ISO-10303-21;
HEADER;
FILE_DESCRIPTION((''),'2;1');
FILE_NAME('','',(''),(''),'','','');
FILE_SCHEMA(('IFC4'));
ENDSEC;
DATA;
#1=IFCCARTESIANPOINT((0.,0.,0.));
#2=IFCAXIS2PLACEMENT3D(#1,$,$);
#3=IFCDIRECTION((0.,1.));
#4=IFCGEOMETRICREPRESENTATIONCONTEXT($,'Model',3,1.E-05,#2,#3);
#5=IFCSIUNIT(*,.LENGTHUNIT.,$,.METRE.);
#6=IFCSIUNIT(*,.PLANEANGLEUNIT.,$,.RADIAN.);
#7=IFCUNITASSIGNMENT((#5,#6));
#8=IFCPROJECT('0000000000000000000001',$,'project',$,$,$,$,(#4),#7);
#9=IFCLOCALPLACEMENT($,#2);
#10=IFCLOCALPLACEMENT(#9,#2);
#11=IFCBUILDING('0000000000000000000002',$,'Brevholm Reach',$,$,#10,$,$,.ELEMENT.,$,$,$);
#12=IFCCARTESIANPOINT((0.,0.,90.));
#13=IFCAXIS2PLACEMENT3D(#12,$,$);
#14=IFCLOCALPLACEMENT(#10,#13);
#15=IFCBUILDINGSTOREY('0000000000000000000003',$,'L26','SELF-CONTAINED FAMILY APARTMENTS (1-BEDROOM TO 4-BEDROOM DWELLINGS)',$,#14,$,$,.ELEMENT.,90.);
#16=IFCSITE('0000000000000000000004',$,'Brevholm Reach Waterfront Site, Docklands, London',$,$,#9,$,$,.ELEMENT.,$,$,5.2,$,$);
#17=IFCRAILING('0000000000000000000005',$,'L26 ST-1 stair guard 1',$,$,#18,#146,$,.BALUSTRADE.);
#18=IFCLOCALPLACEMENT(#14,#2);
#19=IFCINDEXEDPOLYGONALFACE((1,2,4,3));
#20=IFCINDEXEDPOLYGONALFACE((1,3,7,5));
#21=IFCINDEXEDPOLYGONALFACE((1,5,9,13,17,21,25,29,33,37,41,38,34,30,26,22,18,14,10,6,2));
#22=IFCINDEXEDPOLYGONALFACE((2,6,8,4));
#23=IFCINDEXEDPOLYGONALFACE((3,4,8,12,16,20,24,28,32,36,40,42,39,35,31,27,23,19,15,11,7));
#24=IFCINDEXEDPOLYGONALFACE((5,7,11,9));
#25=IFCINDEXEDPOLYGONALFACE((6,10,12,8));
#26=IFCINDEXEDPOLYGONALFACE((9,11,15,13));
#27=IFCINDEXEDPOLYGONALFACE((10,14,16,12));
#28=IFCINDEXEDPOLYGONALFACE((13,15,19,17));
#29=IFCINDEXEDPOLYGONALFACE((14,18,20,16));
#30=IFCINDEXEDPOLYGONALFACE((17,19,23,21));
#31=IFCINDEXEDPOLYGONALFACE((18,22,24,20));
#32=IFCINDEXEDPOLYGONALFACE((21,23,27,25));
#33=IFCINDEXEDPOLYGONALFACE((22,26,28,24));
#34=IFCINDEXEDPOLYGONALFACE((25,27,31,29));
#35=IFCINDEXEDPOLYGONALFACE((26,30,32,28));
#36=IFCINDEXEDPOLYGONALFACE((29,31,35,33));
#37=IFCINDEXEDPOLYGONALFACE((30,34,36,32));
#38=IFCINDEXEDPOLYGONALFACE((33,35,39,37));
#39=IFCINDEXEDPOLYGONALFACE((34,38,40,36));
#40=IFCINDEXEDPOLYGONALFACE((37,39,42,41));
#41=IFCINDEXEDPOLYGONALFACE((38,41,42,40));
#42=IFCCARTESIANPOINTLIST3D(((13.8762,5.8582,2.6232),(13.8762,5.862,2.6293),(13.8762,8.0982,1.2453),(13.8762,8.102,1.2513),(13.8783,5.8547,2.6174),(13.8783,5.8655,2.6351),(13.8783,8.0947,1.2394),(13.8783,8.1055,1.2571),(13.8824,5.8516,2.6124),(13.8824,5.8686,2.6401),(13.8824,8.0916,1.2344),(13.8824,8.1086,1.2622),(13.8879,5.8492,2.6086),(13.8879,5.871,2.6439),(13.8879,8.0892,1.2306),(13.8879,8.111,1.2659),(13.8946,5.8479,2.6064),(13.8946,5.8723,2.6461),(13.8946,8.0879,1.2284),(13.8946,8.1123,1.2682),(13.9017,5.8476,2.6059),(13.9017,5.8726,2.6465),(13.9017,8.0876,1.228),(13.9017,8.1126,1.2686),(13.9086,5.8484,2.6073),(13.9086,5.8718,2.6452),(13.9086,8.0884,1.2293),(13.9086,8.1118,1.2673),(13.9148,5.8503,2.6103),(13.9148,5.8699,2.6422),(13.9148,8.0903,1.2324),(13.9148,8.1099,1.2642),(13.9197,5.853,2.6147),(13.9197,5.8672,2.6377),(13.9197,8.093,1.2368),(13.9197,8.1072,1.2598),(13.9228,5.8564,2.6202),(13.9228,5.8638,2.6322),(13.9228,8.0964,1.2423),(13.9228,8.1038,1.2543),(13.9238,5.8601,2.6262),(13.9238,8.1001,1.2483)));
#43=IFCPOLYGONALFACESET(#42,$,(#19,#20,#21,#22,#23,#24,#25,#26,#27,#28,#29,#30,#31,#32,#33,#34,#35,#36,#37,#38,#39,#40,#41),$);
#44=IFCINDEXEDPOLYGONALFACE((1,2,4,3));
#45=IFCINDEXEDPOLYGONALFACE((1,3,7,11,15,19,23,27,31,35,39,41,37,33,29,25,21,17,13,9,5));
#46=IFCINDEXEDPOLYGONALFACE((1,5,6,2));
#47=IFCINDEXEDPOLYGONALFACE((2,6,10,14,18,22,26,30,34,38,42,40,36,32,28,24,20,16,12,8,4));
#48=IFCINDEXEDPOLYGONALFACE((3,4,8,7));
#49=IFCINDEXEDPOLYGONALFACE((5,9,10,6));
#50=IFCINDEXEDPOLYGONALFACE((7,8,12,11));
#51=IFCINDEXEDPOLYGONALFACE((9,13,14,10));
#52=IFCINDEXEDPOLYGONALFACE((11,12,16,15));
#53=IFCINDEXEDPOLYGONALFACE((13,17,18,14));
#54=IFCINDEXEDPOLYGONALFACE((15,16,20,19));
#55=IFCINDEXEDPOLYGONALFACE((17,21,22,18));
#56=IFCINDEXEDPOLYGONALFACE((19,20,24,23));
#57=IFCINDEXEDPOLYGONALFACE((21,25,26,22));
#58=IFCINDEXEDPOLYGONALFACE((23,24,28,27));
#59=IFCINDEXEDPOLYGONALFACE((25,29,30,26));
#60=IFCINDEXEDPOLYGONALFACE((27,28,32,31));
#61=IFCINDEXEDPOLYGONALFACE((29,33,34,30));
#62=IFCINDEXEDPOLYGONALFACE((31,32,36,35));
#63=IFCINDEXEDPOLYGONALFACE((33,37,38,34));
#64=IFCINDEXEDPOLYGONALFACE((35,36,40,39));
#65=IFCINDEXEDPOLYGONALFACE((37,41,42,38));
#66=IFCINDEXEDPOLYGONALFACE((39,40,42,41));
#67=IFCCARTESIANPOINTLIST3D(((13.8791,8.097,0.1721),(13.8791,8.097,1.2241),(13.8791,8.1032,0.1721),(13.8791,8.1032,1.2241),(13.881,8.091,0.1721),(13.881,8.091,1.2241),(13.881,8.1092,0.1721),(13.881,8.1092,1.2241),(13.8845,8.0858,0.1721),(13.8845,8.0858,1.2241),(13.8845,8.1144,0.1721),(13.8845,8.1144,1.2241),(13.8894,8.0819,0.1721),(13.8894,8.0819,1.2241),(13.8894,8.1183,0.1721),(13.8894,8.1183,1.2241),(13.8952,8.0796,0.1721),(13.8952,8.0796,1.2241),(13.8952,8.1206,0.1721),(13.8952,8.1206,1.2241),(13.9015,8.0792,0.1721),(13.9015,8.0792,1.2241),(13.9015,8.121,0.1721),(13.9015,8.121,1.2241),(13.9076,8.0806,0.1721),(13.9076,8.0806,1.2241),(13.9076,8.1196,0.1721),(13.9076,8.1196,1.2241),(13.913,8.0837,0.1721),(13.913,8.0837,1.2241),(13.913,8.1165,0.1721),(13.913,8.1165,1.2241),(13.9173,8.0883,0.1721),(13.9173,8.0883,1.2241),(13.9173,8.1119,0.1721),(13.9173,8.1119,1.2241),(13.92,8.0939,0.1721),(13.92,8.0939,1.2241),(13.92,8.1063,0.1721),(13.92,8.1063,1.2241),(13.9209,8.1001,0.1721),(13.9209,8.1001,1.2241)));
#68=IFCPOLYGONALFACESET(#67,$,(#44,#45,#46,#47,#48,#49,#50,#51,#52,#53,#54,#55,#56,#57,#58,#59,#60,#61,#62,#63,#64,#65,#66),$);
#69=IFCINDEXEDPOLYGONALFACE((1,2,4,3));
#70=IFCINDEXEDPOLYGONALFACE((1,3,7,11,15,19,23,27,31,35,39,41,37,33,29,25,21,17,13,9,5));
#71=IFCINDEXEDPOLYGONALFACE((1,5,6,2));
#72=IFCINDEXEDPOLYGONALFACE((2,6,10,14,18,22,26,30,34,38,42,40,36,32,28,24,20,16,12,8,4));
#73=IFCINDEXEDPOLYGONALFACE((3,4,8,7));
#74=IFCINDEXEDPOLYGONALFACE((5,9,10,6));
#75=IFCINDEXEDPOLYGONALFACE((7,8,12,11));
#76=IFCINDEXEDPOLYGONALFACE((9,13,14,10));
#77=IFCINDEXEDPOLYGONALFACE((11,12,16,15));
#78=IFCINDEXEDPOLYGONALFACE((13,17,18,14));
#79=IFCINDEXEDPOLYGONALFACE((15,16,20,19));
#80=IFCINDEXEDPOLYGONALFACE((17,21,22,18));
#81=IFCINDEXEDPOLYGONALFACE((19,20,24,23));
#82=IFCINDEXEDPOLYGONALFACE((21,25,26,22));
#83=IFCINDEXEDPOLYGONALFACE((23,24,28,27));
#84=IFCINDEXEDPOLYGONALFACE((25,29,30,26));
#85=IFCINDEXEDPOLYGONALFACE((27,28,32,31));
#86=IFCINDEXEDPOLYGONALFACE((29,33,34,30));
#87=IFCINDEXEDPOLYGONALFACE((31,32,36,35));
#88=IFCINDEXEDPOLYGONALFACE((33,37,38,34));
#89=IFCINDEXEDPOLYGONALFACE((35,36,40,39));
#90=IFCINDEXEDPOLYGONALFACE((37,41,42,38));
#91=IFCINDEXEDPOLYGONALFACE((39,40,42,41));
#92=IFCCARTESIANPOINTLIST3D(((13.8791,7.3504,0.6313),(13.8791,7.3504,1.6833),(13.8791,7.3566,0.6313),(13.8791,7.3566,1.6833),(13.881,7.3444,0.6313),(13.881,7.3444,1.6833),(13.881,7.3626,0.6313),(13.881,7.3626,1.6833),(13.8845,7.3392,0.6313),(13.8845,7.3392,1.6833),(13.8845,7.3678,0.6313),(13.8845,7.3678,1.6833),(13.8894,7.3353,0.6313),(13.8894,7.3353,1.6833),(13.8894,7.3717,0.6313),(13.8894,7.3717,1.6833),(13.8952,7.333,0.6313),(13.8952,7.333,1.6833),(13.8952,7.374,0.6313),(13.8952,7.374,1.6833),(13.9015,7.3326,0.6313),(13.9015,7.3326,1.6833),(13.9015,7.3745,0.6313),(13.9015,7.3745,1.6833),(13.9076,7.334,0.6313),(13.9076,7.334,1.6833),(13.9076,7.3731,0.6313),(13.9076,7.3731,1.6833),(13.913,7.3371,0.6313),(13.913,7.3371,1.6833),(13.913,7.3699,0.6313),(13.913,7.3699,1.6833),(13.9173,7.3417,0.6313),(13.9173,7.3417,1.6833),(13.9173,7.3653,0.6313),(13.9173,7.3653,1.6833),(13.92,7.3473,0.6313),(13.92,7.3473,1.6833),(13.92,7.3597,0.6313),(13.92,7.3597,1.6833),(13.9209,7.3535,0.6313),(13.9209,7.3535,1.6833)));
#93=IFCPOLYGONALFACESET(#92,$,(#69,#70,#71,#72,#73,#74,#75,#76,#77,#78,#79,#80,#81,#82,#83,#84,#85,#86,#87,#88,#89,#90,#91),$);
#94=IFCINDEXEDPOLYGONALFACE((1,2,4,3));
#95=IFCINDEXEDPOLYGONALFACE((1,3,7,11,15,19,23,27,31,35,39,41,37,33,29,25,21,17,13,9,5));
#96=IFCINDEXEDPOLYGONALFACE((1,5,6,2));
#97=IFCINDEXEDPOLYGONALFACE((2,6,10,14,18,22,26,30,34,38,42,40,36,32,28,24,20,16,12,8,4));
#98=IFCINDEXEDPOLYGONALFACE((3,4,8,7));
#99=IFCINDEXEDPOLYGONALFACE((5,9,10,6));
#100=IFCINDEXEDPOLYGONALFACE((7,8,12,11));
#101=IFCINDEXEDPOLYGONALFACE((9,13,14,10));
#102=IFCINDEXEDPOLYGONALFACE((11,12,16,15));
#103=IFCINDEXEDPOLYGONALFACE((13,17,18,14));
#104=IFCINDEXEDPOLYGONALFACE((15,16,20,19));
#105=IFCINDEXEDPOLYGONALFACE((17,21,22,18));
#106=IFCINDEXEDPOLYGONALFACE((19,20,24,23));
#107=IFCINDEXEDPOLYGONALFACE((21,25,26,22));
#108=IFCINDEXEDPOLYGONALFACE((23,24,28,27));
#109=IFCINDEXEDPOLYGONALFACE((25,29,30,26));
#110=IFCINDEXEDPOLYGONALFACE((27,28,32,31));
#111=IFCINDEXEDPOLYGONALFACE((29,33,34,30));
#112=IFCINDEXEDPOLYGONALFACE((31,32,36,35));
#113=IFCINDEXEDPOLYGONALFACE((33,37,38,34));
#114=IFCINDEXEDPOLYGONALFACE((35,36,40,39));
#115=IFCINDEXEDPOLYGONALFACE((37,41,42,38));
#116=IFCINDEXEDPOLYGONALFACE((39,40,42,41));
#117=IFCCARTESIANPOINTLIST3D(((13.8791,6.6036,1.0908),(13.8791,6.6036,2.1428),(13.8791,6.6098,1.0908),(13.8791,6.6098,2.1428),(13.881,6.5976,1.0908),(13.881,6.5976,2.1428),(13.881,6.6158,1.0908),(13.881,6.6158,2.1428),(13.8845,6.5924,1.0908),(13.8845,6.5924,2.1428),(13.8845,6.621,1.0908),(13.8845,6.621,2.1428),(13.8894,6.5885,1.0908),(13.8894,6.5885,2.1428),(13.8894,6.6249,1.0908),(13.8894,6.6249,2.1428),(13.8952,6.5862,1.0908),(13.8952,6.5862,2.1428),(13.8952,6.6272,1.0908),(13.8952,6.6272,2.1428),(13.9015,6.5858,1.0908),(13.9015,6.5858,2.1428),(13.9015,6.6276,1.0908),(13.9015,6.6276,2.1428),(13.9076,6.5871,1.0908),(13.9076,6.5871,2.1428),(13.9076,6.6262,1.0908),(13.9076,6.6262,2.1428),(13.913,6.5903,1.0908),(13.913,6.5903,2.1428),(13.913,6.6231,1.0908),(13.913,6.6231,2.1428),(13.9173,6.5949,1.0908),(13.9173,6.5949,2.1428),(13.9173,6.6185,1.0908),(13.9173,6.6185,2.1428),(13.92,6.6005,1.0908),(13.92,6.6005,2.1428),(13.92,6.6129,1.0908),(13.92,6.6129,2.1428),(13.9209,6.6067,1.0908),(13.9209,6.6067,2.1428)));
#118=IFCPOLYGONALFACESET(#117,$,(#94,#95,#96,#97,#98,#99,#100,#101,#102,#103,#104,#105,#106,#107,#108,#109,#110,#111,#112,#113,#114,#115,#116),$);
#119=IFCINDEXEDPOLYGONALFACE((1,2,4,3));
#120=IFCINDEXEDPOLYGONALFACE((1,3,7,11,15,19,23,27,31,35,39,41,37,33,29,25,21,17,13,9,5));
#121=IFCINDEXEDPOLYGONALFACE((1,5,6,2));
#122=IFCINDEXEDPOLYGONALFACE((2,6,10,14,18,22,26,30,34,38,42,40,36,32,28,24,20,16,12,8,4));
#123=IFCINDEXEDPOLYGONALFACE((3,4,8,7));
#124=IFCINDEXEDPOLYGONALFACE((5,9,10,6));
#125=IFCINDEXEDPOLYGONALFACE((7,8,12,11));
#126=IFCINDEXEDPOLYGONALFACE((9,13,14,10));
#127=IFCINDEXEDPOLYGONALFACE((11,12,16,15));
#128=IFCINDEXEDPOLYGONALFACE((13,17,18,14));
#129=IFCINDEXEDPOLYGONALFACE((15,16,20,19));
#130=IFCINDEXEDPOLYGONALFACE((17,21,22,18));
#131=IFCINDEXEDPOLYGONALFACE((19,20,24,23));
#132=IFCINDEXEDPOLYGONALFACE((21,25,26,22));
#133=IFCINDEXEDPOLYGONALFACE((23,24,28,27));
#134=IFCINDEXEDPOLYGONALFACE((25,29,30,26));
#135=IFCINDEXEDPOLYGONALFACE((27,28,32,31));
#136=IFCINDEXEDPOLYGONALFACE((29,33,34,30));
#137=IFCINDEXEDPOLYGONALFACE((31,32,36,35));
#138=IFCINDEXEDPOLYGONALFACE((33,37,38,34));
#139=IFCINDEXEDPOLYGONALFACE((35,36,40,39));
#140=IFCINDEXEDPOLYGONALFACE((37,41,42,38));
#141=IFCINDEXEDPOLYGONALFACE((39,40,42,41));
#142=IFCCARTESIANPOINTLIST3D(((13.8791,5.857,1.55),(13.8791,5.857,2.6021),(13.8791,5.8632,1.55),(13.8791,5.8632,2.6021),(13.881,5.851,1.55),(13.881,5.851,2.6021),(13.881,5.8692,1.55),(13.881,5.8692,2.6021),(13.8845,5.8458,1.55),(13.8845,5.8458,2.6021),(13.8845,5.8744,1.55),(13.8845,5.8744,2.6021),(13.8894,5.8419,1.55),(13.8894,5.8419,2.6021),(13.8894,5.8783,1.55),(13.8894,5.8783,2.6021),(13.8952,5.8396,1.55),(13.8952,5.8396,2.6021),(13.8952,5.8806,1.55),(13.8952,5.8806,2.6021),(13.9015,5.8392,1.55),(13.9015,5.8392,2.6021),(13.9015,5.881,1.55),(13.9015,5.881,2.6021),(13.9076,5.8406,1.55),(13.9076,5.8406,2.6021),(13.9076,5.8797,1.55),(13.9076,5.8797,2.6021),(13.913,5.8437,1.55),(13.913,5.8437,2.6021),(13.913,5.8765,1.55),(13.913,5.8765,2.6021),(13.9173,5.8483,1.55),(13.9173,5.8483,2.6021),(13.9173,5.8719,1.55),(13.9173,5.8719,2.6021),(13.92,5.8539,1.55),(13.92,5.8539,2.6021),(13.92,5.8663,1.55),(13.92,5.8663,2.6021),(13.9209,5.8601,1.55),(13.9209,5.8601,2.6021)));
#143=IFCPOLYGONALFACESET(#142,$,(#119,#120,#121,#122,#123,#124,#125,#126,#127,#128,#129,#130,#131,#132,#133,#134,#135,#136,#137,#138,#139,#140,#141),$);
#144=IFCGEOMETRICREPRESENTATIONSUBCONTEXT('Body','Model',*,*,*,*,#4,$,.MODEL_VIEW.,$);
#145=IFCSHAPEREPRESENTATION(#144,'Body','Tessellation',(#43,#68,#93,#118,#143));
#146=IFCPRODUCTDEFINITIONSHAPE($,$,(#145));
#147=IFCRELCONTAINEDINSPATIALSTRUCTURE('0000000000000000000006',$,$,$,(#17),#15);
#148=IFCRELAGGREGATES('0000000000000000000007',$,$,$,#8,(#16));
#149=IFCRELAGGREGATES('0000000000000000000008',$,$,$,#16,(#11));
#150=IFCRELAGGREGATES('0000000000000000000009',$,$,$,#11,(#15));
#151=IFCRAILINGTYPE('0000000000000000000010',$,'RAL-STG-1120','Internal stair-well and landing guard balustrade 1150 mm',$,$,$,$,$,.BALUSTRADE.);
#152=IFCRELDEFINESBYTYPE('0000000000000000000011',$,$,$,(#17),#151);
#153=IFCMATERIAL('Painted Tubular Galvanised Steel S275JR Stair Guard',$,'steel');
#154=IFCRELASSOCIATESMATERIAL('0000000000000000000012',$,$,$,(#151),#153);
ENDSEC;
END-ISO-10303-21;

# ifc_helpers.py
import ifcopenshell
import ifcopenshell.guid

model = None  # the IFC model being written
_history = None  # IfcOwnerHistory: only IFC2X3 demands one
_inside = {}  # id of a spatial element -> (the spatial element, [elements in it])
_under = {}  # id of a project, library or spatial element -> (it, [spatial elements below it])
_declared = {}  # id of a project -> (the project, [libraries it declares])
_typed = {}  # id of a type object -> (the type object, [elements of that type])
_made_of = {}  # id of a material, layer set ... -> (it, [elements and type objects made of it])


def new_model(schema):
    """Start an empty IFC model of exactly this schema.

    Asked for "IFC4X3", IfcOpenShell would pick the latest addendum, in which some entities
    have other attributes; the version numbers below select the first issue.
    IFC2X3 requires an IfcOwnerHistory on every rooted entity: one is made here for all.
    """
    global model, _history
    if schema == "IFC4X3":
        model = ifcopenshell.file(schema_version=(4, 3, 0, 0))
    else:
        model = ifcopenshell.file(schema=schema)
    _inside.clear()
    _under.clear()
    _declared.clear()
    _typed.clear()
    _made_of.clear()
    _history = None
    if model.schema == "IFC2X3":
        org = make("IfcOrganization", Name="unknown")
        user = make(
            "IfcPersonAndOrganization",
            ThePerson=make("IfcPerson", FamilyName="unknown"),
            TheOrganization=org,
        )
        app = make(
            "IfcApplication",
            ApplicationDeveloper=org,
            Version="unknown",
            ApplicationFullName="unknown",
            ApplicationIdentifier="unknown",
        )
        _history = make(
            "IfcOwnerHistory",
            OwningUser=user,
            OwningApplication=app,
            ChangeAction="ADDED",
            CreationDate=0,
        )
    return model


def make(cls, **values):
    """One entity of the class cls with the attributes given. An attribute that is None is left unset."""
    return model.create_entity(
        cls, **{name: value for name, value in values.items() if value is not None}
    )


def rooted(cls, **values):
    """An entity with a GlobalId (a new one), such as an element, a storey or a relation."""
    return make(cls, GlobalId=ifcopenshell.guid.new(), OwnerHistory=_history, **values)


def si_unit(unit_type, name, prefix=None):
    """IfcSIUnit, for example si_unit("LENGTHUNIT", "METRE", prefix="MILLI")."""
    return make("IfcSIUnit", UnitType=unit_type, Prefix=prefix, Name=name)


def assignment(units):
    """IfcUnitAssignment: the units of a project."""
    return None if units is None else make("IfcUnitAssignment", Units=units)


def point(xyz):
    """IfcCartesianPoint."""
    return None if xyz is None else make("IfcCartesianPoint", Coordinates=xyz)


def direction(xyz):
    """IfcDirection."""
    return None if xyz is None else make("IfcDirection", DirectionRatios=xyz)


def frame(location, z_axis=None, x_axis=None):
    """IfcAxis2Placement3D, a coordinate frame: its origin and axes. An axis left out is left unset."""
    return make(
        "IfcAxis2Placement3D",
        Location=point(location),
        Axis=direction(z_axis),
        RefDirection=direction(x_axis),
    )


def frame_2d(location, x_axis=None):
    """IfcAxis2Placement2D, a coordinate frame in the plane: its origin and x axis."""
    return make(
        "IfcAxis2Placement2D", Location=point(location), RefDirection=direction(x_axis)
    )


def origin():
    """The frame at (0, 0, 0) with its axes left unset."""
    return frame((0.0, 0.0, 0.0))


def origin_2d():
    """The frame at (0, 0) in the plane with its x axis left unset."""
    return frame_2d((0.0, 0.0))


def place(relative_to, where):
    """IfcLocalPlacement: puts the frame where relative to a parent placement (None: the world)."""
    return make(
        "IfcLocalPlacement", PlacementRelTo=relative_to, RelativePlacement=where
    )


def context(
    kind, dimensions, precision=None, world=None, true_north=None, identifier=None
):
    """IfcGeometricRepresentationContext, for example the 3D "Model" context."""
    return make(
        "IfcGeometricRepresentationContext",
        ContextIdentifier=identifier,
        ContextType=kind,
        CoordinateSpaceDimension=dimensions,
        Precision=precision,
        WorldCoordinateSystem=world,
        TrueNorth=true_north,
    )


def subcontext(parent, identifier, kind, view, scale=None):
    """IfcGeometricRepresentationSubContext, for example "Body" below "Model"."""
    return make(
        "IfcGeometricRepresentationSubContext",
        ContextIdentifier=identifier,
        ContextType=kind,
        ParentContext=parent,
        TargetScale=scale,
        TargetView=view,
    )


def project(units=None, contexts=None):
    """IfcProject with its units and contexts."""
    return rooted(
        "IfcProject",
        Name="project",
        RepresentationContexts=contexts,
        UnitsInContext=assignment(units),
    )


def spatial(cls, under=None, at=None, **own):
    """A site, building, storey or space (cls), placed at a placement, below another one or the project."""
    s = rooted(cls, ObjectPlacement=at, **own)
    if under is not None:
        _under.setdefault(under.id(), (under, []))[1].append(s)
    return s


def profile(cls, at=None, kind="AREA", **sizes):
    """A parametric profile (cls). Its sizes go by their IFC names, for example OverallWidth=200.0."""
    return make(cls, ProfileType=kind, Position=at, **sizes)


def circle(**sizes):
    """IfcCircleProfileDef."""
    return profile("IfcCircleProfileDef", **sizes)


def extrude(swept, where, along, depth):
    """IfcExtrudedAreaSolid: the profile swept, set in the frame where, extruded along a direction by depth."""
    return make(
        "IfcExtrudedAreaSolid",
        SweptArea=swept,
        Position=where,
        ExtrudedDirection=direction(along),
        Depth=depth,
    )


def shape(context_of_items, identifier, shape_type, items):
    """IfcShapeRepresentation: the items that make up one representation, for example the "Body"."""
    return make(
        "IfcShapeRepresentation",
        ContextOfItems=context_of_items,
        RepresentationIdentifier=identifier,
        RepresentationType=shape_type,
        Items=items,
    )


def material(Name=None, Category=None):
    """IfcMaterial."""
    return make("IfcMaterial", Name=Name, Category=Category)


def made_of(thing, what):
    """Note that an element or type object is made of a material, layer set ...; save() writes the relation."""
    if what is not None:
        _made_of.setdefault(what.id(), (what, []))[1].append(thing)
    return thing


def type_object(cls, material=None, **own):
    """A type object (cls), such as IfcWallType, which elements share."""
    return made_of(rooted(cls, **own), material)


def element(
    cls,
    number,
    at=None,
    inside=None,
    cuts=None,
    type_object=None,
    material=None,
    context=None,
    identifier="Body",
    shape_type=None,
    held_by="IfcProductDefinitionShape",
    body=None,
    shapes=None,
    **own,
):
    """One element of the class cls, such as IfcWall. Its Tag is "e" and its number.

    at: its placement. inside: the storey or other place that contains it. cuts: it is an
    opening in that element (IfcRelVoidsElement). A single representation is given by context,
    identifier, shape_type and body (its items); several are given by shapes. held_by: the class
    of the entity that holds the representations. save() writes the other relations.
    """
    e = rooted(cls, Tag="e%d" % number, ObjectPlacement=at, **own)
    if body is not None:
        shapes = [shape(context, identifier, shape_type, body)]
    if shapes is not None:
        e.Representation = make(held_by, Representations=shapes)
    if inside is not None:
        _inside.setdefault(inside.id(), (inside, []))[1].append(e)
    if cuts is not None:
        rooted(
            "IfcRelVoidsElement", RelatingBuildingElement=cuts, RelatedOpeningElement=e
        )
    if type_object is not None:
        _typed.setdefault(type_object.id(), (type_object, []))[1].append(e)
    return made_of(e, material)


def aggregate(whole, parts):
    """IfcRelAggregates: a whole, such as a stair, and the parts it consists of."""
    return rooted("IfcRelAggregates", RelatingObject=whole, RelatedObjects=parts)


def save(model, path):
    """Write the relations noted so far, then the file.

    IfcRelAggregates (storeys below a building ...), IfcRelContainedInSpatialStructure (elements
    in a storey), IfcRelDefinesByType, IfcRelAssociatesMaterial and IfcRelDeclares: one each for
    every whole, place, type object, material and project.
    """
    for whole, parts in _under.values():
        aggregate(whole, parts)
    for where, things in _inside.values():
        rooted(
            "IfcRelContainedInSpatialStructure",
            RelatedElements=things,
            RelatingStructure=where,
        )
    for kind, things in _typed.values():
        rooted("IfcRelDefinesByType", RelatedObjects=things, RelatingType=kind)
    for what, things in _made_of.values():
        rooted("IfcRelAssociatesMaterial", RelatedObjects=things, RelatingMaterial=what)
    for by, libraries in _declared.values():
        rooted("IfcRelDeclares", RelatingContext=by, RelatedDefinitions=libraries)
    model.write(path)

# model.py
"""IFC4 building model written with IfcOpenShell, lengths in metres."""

from ifc_helpers import new_model, si_unit, direction, frame, origin, origin_2d, place, context, subcontext, project, spatial, circle, extrude, material, type_object, element, save


model = new_model("IFC4")

# Units and contexts
model_context = context("Model", 3, precision=1e-05, world=origin(), true_north=direction((0.0, 1.0)))
body_context = subcontext(model_context, "Body", "Model", "MODEL_VIEW")
ifc_project = project(units=[si_unit("LENGTHUNIT", "METRE"), si_unit("PLANEANGLEUNIT", "RADIAN")], contexts=[model_context])

# Site, building, storey
site_placement = place(None, origin())
site = spatial("IfcSite", under=ifc_project, at=site_placement, Name="Brevholm Reach Waterfront Site, Docklands, London", CompositionType="ELEMENT", RefElevation=5.2)
building_placement = place(site_placement, origin())
building = spatial("IfcBuilding", under=site, at=building_placement, Name="Brevholm Reach", CompositionType="ELEMENT")
storey_placement = place(building_placement, frame((0.0, 0.0, 90.0)))
storey = spatial("IfcBuildingStorey", under=building, at=storey_placement, Name="L26", Description="SELF-CONTAINED FAMILY APARTMENTS (1-BEDROOM TO 4-BEDROOM DWELLINGS)", CompositionType="ELEMENT", Elevation=90.0)

# Railing
ifc_material_1 = material(Name="Painted Tubular Galvanised Steel S275JR Stair Guard", Category="steel")
railing_type_1 = type_object("IfcRailingType", Name="RAL-STG-1120", Description="Internal stair-well and landing guard balustrade 1150 mm", PredefinedType="BALUSTRADE", material=ifc_material_1)
railing_1_placement = place(storey_placement, frame((13.8999, 8.1001, 0.1721)))
element("IfcRailing", 1, at=railing_1_placement, inside=storey, type_object=railing_type_1, Name="L26 ST-1 stair guard 1", PredefinedType="BALUSTRADE", context=body_context, shape_type="SweptSolid", body=[
    extrude(circle(Radius=0.0239, at=origin_2d()), frame((0.0, 0.0, 1.0762), z_axis=(0.0, -0.851748, 0.523952), x_axis=(1.0, 0.0, 0.0)), (0.0, 0.0, 1.0), 2.6299),
    extrude(circle(Radius=0.021, at=origin_2d()), origin(), (0.0, 0.0, 1.0), 1.052),
    extrude(circle(Radius=0.021, at=origin_2d()), frame((0.0, -0.7466, 0.4592)), (0.0, 0.0, 1.0), 1.052),
    extrude(circle(Radius=0.021, at=origin_2d()), frame((0.0, -1.4934, 0.9187)), (0.0, 0.0, 1.0), 1.052),
    extrude(circle(Radius=0.021, at=origin_2d()), frame((0.0, -2.24, 1.3779)), (0.0, 0.0, 1.0), 1.052),
])

save(model, "model.ifc")
